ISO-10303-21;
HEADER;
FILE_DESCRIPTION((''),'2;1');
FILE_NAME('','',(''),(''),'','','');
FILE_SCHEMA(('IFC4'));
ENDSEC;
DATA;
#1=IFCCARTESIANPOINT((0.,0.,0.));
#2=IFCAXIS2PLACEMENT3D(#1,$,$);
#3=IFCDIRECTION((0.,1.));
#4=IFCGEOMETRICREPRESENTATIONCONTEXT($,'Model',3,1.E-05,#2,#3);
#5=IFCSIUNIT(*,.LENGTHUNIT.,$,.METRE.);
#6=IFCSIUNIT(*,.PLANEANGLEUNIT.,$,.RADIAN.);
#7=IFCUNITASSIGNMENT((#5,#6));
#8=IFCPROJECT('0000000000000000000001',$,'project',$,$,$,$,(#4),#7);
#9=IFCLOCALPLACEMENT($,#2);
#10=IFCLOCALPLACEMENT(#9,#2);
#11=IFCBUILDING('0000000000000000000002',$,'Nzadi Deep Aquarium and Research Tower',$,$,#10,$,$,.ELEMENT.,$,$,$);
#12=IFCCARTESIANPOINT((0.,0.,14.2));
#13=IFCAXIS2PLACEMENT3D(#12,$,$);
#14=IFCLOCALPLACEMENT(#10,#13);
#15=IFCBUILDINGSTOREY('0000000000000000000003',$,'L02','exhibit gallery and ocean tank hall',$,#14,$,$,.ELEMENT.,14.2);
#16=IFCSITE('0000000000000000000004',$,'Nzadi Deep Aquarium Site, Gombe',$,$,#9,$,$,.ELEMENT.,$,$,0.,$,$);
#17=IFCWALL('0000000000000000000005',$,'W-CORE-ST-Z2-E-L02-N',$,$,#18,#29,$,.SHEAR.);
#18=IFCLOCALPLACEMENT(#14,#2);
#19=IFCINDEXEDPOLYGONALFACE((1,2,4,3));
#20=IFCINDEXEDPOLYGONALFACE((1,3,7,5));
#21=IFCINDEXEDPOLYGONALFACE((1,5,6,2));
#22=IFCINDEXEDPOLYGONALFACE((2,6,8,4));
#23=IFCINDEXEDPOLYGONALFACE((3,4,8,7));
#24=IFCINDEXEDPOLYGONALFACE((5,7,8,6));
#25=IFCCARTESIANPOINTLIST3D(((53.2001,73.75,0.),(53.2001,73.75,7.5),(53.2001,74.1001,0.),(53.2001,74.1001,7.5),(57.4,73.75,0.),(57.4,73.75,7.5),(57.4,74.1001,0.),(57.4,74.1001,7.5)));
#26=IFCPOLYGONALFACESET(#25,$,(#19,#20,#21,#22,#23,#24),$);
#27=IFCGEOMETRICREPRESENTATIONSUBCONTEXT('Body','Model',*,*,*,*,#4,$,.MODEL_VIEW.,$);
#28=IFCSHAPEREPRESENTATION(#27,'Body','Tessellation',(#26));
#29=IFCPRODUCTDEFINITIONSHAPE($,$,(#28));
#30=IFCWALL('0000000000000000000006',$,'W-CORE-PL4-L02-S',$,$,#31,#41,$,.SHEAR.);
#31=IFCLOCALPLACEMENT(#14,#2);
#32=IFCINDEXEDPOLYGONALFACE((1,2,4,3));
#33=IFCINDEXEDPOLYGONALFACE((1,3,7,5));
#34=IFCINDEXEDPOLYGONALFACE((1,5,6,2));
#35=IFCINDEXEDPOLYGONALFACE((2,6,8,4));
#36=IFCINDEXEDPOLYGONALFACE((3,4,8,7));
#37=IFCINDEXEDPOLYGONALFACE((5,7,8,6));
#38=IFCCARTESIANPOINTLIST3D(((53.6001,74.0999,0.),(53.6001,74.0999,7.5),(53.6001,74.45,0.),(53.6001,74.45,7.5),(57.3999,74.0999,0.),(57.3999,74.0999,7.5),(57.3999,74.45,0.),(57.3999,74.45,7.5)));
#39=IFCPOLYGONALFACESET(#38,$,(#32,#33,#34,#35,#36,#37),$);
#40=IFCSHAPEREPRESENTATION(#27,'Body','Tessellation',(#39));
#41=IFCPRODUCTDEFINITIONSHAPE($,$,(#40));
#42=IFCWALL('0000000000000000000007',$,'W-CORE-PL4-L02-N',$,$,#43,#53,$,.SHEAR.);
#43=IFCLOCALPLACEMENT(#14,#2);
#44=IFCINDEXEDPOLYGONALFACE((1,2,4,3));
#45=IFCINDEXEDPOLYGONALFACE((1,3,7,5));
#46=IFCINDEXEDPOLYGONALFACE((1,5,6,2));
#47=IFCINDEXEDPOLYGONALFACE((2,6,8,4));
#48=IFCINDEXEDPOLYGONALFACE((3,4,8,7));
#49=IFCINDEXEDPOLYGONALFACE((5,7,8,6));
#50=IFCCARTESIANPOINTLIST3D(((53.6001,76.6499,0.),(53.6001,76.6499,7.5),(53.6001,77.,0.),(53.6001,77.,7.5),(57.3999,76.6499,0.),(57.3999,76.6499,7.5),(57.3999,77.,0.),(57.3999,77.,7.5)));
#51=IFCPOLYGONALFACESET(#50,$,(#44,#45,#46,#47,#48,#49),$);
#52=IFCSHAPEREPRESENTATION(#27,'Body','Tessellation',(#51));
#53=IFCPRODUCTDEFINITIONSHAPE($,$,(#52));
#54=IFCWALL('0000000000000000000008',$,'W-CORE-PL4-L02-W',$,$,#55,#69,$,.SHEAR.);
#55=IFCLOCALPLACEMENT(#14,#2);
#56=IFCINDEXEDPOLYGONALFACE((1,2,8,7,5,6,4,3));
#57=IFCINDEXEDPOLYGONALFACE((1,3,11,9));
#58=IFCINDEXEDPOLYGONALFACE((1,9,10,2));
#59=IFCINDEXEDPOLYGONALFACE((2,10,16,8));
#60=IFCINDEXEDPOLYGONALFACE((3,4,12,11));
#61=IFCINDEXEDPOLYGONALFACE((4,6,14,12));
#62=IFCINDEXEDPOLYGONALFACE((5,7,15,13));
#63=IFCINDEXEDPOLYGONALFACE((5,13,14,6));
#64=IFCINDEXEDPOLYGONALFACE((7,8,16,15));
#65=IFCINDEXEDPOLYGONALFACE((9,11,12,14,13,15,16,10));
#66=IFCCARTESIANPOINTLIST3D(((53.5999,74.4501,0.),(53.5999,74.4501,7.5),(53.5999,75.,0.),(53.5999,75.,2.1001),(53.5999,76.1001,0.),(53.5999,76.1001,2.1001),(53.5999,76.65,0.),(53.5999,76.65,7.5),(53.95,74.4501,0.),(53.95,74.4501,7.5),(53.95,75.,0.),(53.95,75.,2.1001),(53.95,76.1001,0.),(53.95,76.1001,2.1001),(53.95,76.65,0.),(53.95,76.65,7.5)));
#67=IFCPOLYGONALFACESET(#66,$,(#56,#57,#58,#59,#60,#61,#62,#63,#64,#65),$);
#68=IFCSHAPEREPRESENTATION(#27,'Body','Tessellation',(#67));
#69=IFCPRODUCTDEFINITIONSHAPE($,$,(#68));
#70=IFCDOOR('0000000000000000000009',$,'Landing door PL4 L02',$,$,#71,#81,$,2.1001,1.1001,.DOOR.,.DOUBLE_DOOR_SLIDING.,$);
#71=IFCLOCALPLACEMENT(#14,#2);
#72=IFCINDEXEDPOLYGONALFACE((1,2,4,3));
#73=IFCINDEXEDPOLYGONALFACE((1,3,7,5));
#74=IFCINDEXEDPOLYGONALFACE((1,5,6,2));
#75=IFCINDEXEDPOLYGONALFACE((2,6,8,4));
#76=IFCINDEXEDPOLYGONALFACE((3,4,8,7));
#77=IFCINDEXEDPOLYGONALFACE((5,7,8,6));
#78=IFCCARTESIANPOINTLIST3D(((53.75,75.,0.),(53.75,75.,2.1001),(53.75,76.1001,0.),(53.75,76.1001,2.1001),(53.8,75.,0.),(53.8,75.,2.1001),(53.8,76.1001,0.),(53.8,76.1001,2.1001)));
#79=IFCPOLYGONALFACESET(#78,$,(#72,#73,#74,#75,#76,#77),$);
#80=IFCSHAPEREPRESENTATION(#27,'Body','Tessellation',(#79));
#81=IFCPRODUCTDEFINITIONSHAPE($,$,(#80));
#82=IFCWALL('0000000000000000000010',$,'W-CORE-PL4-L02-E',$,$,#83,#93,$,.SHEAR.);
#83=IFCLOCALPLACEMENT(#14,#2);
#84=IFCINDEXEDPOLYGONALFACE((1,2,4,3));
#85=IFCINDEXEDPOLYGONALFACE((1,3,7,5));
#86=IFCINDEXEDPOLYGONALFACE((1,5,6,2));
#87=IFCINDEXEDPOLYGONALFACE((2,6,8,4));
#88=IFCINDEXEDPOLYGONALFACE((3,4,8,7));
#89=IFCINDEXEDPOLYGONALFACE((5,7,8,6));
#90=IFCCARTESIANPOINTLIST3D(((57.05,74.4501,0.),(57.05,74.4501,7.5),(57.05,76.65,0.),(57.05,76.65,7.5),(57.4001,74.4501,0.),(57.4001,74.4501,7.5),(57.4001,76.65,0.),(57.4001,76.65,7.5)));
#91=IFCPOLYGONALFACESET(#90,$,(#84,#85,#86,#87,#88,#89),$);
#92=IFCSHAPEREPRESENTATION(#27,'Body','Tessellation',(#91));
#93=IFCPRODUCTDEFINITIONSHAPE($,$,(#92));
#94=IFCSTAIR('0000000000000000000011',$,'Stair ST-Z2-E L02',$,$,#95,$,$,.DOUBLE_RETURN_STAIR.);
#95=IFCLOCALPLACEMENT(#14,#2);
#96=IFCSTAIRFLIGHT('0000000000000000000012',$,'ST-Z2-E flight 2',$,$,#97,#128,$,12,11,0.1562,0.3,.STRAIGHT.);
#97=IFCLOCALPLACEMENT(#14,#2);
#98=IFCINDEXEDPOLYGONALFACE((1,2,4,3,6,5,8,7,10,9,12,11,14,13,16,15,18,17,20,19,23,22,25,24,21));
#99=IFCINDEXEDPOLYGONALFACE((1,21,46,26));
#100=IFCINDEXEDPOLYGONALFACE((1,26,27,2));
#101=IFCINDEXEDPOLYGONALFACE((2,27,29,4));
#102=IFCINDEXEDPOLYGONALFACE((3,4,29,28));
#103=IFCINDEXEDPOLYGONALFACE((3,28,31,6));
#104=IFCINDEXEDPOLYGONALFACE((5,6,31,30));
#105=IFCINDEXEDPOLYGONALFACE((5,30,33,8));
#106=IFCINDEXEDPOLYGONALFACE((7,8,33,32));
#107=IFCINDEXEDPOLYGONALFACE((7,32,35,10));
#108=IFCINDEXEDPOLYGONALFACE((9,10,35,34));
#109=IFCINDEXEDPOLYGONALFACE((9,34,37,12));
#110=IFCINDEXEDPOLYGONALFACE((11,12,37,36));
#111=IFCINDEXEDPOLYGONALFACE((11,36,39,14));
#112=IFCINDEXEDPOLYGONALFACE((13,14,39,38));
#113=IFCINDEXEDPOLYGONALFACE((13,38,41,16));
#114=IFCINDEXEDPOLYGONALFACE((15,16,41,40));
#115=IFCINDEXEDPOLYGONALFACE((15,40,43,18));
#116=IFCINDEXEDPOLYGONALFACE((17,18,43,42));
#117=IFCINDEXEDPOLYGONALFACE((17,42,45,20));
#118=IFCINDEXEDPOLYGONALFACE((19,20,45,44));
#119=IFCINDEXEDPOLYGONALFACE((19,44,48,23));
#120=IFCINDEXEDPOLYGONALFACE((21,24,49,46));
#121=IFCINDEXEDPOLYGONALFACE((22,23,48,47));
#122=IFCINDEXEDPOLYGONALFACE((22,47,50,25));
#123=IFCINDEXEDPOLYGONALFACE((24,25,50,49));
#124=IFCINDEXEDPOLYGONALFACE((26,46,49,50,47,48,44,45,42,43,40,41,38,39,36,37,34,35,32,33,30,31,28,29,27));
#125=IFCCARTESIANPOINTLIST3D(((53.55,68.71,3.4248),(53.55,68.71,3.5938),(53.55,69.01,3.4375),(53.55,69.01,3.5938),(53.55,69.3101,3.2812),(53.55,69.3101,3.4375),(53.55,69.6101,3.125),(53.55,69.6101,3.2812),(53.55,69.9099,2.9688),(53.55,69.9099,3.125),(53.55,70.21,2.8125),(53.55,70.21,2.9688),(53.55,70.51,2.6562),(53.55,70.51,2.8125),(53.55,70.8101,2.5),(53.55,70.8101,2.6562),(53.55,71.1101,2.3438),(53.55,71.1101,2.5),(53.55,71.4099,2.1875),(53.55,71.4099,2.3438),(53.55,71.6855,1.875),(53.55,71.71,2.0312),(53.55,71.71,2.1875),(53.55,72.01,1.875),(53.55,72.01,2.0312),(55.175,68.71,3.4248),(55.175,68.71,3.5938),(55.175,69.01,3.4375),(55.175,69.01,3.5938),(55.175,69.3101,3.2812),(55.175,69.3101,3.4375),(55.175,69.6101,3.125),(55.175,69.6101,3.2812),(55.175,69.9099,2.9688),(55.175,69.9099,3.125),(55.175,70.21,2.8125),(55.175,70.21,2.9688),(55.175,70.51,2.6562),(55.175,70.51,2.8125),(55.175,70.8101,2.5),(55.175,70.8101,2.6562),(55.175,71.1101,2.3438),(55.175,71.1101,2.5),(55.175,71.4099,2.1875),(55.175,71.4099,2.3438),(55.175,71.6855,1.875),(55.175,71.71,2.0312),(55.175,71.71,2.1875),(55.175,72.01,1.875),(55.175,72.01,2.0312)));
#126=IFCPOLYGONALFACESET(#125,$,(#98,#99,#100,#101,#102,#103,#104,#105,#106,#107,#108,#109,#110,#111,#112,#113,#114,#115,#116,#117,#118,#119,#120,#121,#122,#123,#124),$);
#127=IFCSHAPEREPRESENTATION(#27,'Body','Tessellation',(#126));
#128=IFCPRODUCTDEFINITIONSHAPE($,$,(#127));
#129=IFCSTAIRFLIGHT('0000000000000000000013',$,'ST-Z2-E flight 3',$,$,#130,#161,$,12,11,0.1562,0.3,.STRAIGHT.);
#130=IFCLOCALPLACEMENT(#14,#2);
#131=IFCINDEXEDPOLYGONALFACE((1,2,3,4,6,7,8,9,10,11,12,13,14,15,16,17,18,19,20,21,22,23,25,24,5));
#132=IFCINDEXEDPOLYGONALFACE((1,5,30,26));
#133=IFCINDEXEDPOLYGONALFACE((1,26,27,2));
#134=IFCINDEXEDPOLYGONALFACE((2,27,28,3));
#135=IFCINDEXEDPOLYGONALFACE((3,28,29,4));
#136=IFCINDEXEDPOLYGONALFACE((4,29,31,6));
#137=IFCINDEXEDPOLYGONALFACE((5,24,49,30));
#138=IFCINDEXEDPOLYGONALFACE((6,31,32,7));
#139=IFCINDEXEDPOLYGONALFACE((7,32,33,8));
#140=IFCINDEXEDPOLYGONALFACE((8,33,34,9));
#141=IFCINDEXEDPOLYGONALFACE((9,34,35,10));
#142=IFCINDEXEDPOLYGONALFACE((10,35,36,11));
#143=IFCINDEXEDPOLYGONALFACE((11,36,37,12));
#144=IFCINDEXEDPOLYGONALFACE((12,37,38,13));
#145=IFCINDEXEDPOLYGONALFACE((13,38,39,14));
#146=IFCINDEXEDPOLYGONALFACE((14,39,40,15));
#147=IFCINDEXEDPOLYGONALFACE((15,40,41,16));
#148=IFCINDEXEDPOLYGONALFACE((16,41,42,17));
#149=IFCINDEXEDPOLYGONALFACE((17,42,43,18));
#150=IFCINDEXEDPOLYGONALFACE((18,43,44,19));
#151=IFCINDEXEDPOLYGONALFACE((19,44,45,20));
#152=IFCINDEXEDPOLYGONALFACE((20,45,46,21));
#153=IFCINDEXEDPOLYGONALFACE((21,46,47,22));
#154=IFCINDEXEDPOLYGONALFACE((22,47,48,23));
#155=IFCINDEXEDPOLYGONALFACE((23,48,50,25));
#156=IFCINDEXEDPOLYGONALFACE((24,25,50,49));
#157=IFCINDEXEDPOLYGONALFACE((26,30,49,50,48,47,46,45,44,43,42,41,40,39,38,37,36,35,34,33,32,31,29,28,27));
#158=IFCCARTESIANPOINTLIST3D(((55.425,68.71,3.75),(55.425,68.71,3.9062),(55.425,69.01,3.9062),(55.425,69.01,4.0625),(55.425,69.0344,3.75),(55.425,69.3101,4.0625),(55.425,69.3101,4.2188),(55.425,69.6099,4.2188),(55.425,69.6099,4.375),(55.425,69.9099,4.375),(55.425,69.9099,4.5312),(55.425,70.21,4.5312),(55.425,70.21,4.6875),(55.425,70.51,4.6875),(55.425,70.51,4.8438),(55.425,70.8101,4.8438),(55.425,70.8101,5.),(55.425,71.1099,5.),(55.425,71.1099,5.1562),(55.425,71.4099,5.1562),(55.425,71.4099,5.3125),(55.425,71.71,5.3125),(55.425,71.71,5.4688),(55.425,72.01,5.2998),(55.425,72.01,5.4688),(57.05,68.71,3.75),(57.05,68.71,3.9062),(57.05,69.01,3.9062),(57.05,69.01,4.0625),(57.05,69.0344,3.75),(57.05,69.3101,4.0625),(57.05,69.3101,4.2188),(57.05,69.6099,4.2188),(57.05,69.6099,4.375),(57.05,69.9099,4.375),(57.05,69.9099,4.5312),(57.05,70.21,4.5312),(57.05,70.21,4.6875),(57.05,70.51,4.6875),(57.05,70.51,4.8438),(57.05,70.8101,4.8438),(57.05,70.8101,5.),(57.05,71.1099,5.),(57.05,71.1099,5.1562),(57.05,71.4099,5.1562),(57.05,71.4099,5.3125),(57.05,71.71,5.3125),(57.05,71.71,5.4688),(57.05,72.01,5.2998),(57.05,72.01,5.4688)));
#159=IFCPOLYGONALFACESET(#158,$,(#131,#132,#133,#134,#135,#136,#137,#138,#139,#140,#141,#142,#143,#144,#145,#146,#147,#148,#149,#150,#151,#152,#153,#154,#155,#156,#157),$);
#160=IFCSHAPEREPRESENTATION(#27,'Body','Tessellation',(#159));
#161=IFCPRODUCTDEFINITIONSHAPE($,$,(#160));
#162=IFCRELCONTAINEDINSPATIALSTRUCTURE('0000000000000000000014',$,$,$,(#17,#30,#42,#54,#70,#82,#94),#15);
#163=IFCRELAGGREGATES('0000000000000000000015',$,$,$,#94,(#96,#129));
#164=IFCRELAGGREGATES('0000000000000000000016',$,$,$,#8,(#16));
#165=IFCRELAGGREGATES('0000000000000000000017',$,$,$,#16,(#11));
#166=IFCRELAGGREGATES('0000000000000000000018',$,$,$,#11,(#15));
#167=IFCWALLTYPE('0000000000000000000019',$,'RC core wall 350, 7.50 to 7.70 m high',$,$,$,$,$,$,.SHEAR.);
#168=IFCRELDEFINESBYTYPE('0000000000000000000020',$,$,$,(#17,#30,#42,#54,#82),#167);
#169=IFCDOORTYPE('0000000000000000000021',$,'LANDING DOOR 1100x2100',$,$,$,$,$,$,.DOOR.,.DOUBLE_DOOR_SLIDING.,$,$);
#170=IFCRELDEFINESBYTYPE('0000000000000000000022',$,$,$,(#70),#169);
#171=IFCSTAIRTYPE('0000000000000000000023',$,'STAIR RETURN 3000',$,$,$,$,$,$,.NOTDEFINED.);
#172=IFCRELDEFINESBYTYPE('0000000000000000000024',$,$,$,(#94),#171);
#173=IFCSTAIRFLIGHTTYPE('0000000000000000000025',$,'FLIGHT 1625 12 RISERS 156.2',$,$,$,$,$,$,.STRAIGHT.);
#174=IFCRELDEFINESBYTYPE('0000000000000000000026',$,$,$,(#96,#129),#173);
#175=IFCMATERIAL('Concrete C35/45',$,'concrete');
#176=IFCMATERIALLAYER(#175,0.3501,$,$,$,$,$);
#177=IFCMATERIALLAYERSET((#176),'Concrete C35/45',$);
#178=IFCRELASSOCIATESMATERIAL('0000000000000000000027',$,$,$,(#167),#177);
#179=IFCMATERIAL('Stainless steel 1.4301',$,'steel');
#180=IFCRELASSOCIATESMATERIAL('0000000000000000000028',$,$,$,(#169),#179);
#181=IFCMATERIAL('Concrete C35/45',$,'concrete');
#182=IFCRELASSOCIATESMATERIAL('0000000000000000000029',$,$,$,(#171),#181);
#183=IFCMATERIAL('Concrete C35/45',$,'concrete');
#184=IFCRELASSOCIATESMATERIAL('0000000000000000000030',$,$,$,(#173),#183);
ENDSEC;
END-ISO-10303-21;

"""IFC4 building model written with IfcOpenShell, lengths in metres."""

from ifc_helpers import new_model, si_unit, direction, frame, frame_2d, origin, place, context, subcontext, project, spatial, polyline, rectangle, outline, extrude, material, layer, layer_set, type_object, element, fill, aggregate, save


model = new_model("IFC4")

# Units and contexts
model_context = context("Model", 3, precision=1e-05, world=origin(), true_north=direction((0.0, 1.0)))
body_context = subcontext(model_context, "Body", "Model", "MODEL_VIEW")
ifc_project = project(units=[si_unit("LENGTHUNIT", "METRE"), si_unit("PLANEANGLEUNIT", "RADIAN")], contexts=[model_context])

# Site, building, storey
site_placement = place(None, origin())
site = spatial("IfcSite", under=ifc_project, at=site_placement, Name="Nzadi Deep Aquarium Site, Gombe", CompositionType="ELEMENT", RefElevation=0.0)
building_placement = place(site_placement, origin())
building = spatial("IfcBuilding", under=site, at=building_placement, Name="Nzadi Deep Aquarium and Research Tower", CompositionType="ELEMENT")
storey_placement = place(building_placement, frame((0.0, 0.0, 14.2)))
storey = spatial("IfcBuildingStorey", under=building, at=storey_placement, Name="L02", Description="exhibit gallery and ocean tank hall", CompositionType="ELEMENT", Elevation=14.2)

# Walls
ifc_material_1 = material(Name="Concrete C35/45", Category="concrete")
ifc_layer_1 = layer(ifc_material_1, 0.3501)
ifc_layer_set_1 = layer_set([ifc_layer_1], Name="Concrete C35/45")
wall_type_1 = type_object("IfcWallType", Name="RC core wall 350, 7.50 to 7.70 m high", PredefinedType="SHEAR", material=ifc_layer_set_1)
wall_1_placement = place(storey_placement, frame((53.2, 73.925, 0.0), z_axis=(0.0, 0.0, 1.0), x_axis=(1.0, 0.0, 0.0)))
element("IfcWall", 1, at=wall_1_placement, inside=storey, type_object=wall_type_1, Name="W-CORE-ST-Z2-E-L02-N", PredefinedType="SHEAR", context=body_context, shape_type="SweptSolid", body=[
    extrude(rectangle(XDim=4.2, YDim=0.3501, at=frame_2d((2.1001, 0.0))), origin(), (0.0, 0.0, 1.0), 7.5),
])
for number, where, z_axis, x_axis, name in (
    (2, (53.6001, 74.2749, 0.0), (0.0, 0.0, 1.0), (1.0, 0.0, 0.0), "W-CORE-PL4-L02-S"),
    (3, (53.6001, 76.825, 0.0), (0.0, 0.0, 1.0), (1.0, 0.0, 0.0), "W-CORE-PL4-L02-N"),
):
    element("IfcWall", number, at=place(storey_placement, frame(where, z_axis=z_axis, x_axis=x_axis)), inside=storey, type_object=wall_type_1, Name=name, PredefinedType="SHEAR", context=body_context, shape_type="SweptSolid", body=[
        extrude(rectangle(XDim=3.7998, YDim=0.3501, at=frame_2d((1.8999, 0.0))), origin(), (0.0, 0.0, 1.0), 7.5),
    ])

# Wall, opening, door
wall_2_placement = place(storey_placement, frame((53.7749, 74.45, 0.0), z_axis=(0.0, 0.0, 1.0), x_axis=(0.0, 1.0, 0.0)))
wall_2 = element("IfcWall", 4, at=wall_2_placement, inside=storey, type_object=wall_type_1, Name="W-CORE-PL4-L02-W", PredefinedType="SHEAR", context=body_context, shape_type="SweptSolid", body=[
    extrude(rectangle(XDim=2.2, YDim=0.3501, at=frame_2d((1.1001, 0.0))), origin(), (0.0, 0.0, 1.0), 7.5),
])
opening_1_placement = place(wall_2_placement, frame((0.55, 0.0, 0.0)))
opening_1 = element("IfcOpeningElement", 5, at=opening_1_placement, cuts=wall_2, PredefinedType="OPENING", context=body_context, shape_type="SweptSolid", body=[
    extrude(rectangle(XDim=1.1001, YDim=2.1001, at=frame_2d((0.55, 1.05))), frame((0.0, 0.1851, 0.0), z_axis=(0.0, -1.0, 0.0), x_axis=(1.0, 0.0, 0.0)), (0.0, 0.0, 1.0), 0.3701),
])
ifc_material_2 = material(Name="Stainless steel 1.4301", Category="steel")
door_type_1 = type_object("IfcDoorType", Name="LANDING DOOR 1100x2100", OperationType="DOUBLE_DOOR_SLIDING", PredefinedType="DOOR", material=ifc_material_2)
door_1_placement = place(opening_1_placement, origin())
door_1 = element("IfcDoor", 6, at=door_1_placement, inside=storey, type_object=door_type_1, Name="Landing door PL4 L02", OperationType="DOUBLE_DOOR_SLIDING", OverallHeight=2.1001, OverallWidth=1.1001, PredefinedType="DOOR", context=body_context, shape_type="SweptSolid", body=[
    extrude(rectangle(XDim=1.1001, YDim=2.1001, at=frame_2d((0.55, 1.05))), frame((0.0, 0.0249, 0.0), z_axis=(0.0, -1.0, 0.0), x_axis=(1.0, 0.0, 0.0)), (0.0, 0.0, 1.0), 0.05),
])
fill(opening_1, door_1)

# Wall
wall_3_placement = place(storey_placement, frame((57.2251, 74.45, 0.0), z_axis=(0.0, 0.0, 1.0), x_axis=(0.0, 1.0, 0.0)))
element("IfcWall", 7, at=wall_3_placement, inside=storey, type_object=wall_type_1, Name="W-CORE-PL4-L02-E", PredefinedType="SHEAR", context=body_context, shape_type="SweptSolid", body=[
    extrude(rectangle(XDim=2.2, YDim=0.3501, at=frame_2d((1.1001, 0.0))), origin(), (0.0, 0.0, 1.0), 7.5),
])

# Stair, stair flights
ifc_material_3 = material(Name="Concrete C35/45", Category="concrete")
stair_type = type_object("IfcStairType", Name="STAIR RETURN 3000", PredefinedType="NOTDEFINED", material=ifc_material_3)
stair_placement = place(storey_placement, origin())
stair = element("IfcStair", 8, at=stair_placement, inside=storey, type_object=stair_type, Name="Stair ST-Z2-E L02", PredefinedType="DOUBLE_RETURN_STAIR")
ifc_material_4 = material(Name="Concrete C35/45", Category="concrete")
stair_flight_type = type_object("IfcStairFlightType", Name="FLIGHT 1625 12 RISERS 156.2", PredefinedType="STRAIGHT", material=ifc_material_4)
stair_flight_1_placement = place(storey_placement, frame((54.3625, 72.01, 1.875), z_axis=(0.0, 0.0, 1.0), x_axis=(0.0, -1.0, 0.0)))
stair_flight_1 = element("IfcStairFlight", 9, at=stair_flight_1_placement, type_object=stair_flight_type, Name="ST-Z2-E flight 2", NumberOfRisers=12, NumberOfTreads=11, PredefinedType="STRAIGHT", RiserHeight=0.1562, TreadLength=0.3, context=body_context, shape_type="SweptSolid", body=[
    extrude(outline(polyline([(0.0, 0.0), (0.0, 0.1562), (0.3, 0.1562), (0.3, 0.3125), (0.6001, 0.3125), (0.6001, 0.4688), (0.8999, 0.4688), (0.8999, 0.625), (1.2, 0.625), (1.2, 0.7812), (1.5, 0.7812), (1.5, 0.9375), (1.8, 0.9375), (1.8, 1.0938), (2.1001, 1.0938), (2.1001, 1.25), (2.3999, 1.25), (2.3999, 1.4062), (2.7, 1.4062), (2.7, 1.5625), (3.0, 1.5625), (3.0, 1.7188), (3.3, 1.7188), (3.3, 1.875), (3.3, 1.5498), (0.3245, 0.0), (0.0, 0.0)])), frame((0.0, 0.8125, 0.0), z_axis=(0.0, -1.0, 0.0), x_axis=(1.0, 0.0, 0.0)), (0.0, 0.0, 1.0), 1.625),
])
stair_flight_2_placement = place(storey_placement, frame((56.2375, 68.71, 3.75), z_axis=(0.0, 0.0, 1.0), x_axis=(0.0, 1.0, 0.0)))
stair_flight_2 = element("IfcStairFlight", 10, at=stair_flight_2_placement, type_object=stair_flight_type, Name="ST-Z2-E flight 3", NumberOfRisers=12, NumberOfTreads=11, PredefinedType="STRAIGHT", RiserHeight=0.1562, TreadLength=0.3, context=body_context, shape_type="SweptSolid", body=[
    extrude(outline(polyline([(0.0, 0.0), (0.0, 0.1562), (0.3, 0.1562), (0.3, 0.3125), (0.6001, 0.3125), (0.6001, 0.4688), (0.8999, 0.4688), (0.8999, 0.625), (1.2, 0.625), (1.2, 0.7812), (1.5, 0.7812), (1.5, 0.9375), (1.8, 0.9375), (1.8, 1.0938), (2.1001, 1.0938), (2.1001, 1.25), (2.3999, 1.25), (2.3999, 1.4062), (2.7, 1.4062), (2.7, 1.5625), (3.0, 1.5625), (3.0, 1.7188), (3.3, 1.7188), (3.3, 1.875), (3.3, 1.5498), (0.3245, 0.0), (0.0, 0.0)])), frame((0.0, 0.8125, 0.0), z_axis=(0.0, -1.0, 0.0), x_axis=(1.0, 0.0, 0.0)), (0.0, 0.0, 1.0), 1.625),
])
aggregate(stair, [stair_flight_1, stair_flight_2])

save(model, "model.ifc")
